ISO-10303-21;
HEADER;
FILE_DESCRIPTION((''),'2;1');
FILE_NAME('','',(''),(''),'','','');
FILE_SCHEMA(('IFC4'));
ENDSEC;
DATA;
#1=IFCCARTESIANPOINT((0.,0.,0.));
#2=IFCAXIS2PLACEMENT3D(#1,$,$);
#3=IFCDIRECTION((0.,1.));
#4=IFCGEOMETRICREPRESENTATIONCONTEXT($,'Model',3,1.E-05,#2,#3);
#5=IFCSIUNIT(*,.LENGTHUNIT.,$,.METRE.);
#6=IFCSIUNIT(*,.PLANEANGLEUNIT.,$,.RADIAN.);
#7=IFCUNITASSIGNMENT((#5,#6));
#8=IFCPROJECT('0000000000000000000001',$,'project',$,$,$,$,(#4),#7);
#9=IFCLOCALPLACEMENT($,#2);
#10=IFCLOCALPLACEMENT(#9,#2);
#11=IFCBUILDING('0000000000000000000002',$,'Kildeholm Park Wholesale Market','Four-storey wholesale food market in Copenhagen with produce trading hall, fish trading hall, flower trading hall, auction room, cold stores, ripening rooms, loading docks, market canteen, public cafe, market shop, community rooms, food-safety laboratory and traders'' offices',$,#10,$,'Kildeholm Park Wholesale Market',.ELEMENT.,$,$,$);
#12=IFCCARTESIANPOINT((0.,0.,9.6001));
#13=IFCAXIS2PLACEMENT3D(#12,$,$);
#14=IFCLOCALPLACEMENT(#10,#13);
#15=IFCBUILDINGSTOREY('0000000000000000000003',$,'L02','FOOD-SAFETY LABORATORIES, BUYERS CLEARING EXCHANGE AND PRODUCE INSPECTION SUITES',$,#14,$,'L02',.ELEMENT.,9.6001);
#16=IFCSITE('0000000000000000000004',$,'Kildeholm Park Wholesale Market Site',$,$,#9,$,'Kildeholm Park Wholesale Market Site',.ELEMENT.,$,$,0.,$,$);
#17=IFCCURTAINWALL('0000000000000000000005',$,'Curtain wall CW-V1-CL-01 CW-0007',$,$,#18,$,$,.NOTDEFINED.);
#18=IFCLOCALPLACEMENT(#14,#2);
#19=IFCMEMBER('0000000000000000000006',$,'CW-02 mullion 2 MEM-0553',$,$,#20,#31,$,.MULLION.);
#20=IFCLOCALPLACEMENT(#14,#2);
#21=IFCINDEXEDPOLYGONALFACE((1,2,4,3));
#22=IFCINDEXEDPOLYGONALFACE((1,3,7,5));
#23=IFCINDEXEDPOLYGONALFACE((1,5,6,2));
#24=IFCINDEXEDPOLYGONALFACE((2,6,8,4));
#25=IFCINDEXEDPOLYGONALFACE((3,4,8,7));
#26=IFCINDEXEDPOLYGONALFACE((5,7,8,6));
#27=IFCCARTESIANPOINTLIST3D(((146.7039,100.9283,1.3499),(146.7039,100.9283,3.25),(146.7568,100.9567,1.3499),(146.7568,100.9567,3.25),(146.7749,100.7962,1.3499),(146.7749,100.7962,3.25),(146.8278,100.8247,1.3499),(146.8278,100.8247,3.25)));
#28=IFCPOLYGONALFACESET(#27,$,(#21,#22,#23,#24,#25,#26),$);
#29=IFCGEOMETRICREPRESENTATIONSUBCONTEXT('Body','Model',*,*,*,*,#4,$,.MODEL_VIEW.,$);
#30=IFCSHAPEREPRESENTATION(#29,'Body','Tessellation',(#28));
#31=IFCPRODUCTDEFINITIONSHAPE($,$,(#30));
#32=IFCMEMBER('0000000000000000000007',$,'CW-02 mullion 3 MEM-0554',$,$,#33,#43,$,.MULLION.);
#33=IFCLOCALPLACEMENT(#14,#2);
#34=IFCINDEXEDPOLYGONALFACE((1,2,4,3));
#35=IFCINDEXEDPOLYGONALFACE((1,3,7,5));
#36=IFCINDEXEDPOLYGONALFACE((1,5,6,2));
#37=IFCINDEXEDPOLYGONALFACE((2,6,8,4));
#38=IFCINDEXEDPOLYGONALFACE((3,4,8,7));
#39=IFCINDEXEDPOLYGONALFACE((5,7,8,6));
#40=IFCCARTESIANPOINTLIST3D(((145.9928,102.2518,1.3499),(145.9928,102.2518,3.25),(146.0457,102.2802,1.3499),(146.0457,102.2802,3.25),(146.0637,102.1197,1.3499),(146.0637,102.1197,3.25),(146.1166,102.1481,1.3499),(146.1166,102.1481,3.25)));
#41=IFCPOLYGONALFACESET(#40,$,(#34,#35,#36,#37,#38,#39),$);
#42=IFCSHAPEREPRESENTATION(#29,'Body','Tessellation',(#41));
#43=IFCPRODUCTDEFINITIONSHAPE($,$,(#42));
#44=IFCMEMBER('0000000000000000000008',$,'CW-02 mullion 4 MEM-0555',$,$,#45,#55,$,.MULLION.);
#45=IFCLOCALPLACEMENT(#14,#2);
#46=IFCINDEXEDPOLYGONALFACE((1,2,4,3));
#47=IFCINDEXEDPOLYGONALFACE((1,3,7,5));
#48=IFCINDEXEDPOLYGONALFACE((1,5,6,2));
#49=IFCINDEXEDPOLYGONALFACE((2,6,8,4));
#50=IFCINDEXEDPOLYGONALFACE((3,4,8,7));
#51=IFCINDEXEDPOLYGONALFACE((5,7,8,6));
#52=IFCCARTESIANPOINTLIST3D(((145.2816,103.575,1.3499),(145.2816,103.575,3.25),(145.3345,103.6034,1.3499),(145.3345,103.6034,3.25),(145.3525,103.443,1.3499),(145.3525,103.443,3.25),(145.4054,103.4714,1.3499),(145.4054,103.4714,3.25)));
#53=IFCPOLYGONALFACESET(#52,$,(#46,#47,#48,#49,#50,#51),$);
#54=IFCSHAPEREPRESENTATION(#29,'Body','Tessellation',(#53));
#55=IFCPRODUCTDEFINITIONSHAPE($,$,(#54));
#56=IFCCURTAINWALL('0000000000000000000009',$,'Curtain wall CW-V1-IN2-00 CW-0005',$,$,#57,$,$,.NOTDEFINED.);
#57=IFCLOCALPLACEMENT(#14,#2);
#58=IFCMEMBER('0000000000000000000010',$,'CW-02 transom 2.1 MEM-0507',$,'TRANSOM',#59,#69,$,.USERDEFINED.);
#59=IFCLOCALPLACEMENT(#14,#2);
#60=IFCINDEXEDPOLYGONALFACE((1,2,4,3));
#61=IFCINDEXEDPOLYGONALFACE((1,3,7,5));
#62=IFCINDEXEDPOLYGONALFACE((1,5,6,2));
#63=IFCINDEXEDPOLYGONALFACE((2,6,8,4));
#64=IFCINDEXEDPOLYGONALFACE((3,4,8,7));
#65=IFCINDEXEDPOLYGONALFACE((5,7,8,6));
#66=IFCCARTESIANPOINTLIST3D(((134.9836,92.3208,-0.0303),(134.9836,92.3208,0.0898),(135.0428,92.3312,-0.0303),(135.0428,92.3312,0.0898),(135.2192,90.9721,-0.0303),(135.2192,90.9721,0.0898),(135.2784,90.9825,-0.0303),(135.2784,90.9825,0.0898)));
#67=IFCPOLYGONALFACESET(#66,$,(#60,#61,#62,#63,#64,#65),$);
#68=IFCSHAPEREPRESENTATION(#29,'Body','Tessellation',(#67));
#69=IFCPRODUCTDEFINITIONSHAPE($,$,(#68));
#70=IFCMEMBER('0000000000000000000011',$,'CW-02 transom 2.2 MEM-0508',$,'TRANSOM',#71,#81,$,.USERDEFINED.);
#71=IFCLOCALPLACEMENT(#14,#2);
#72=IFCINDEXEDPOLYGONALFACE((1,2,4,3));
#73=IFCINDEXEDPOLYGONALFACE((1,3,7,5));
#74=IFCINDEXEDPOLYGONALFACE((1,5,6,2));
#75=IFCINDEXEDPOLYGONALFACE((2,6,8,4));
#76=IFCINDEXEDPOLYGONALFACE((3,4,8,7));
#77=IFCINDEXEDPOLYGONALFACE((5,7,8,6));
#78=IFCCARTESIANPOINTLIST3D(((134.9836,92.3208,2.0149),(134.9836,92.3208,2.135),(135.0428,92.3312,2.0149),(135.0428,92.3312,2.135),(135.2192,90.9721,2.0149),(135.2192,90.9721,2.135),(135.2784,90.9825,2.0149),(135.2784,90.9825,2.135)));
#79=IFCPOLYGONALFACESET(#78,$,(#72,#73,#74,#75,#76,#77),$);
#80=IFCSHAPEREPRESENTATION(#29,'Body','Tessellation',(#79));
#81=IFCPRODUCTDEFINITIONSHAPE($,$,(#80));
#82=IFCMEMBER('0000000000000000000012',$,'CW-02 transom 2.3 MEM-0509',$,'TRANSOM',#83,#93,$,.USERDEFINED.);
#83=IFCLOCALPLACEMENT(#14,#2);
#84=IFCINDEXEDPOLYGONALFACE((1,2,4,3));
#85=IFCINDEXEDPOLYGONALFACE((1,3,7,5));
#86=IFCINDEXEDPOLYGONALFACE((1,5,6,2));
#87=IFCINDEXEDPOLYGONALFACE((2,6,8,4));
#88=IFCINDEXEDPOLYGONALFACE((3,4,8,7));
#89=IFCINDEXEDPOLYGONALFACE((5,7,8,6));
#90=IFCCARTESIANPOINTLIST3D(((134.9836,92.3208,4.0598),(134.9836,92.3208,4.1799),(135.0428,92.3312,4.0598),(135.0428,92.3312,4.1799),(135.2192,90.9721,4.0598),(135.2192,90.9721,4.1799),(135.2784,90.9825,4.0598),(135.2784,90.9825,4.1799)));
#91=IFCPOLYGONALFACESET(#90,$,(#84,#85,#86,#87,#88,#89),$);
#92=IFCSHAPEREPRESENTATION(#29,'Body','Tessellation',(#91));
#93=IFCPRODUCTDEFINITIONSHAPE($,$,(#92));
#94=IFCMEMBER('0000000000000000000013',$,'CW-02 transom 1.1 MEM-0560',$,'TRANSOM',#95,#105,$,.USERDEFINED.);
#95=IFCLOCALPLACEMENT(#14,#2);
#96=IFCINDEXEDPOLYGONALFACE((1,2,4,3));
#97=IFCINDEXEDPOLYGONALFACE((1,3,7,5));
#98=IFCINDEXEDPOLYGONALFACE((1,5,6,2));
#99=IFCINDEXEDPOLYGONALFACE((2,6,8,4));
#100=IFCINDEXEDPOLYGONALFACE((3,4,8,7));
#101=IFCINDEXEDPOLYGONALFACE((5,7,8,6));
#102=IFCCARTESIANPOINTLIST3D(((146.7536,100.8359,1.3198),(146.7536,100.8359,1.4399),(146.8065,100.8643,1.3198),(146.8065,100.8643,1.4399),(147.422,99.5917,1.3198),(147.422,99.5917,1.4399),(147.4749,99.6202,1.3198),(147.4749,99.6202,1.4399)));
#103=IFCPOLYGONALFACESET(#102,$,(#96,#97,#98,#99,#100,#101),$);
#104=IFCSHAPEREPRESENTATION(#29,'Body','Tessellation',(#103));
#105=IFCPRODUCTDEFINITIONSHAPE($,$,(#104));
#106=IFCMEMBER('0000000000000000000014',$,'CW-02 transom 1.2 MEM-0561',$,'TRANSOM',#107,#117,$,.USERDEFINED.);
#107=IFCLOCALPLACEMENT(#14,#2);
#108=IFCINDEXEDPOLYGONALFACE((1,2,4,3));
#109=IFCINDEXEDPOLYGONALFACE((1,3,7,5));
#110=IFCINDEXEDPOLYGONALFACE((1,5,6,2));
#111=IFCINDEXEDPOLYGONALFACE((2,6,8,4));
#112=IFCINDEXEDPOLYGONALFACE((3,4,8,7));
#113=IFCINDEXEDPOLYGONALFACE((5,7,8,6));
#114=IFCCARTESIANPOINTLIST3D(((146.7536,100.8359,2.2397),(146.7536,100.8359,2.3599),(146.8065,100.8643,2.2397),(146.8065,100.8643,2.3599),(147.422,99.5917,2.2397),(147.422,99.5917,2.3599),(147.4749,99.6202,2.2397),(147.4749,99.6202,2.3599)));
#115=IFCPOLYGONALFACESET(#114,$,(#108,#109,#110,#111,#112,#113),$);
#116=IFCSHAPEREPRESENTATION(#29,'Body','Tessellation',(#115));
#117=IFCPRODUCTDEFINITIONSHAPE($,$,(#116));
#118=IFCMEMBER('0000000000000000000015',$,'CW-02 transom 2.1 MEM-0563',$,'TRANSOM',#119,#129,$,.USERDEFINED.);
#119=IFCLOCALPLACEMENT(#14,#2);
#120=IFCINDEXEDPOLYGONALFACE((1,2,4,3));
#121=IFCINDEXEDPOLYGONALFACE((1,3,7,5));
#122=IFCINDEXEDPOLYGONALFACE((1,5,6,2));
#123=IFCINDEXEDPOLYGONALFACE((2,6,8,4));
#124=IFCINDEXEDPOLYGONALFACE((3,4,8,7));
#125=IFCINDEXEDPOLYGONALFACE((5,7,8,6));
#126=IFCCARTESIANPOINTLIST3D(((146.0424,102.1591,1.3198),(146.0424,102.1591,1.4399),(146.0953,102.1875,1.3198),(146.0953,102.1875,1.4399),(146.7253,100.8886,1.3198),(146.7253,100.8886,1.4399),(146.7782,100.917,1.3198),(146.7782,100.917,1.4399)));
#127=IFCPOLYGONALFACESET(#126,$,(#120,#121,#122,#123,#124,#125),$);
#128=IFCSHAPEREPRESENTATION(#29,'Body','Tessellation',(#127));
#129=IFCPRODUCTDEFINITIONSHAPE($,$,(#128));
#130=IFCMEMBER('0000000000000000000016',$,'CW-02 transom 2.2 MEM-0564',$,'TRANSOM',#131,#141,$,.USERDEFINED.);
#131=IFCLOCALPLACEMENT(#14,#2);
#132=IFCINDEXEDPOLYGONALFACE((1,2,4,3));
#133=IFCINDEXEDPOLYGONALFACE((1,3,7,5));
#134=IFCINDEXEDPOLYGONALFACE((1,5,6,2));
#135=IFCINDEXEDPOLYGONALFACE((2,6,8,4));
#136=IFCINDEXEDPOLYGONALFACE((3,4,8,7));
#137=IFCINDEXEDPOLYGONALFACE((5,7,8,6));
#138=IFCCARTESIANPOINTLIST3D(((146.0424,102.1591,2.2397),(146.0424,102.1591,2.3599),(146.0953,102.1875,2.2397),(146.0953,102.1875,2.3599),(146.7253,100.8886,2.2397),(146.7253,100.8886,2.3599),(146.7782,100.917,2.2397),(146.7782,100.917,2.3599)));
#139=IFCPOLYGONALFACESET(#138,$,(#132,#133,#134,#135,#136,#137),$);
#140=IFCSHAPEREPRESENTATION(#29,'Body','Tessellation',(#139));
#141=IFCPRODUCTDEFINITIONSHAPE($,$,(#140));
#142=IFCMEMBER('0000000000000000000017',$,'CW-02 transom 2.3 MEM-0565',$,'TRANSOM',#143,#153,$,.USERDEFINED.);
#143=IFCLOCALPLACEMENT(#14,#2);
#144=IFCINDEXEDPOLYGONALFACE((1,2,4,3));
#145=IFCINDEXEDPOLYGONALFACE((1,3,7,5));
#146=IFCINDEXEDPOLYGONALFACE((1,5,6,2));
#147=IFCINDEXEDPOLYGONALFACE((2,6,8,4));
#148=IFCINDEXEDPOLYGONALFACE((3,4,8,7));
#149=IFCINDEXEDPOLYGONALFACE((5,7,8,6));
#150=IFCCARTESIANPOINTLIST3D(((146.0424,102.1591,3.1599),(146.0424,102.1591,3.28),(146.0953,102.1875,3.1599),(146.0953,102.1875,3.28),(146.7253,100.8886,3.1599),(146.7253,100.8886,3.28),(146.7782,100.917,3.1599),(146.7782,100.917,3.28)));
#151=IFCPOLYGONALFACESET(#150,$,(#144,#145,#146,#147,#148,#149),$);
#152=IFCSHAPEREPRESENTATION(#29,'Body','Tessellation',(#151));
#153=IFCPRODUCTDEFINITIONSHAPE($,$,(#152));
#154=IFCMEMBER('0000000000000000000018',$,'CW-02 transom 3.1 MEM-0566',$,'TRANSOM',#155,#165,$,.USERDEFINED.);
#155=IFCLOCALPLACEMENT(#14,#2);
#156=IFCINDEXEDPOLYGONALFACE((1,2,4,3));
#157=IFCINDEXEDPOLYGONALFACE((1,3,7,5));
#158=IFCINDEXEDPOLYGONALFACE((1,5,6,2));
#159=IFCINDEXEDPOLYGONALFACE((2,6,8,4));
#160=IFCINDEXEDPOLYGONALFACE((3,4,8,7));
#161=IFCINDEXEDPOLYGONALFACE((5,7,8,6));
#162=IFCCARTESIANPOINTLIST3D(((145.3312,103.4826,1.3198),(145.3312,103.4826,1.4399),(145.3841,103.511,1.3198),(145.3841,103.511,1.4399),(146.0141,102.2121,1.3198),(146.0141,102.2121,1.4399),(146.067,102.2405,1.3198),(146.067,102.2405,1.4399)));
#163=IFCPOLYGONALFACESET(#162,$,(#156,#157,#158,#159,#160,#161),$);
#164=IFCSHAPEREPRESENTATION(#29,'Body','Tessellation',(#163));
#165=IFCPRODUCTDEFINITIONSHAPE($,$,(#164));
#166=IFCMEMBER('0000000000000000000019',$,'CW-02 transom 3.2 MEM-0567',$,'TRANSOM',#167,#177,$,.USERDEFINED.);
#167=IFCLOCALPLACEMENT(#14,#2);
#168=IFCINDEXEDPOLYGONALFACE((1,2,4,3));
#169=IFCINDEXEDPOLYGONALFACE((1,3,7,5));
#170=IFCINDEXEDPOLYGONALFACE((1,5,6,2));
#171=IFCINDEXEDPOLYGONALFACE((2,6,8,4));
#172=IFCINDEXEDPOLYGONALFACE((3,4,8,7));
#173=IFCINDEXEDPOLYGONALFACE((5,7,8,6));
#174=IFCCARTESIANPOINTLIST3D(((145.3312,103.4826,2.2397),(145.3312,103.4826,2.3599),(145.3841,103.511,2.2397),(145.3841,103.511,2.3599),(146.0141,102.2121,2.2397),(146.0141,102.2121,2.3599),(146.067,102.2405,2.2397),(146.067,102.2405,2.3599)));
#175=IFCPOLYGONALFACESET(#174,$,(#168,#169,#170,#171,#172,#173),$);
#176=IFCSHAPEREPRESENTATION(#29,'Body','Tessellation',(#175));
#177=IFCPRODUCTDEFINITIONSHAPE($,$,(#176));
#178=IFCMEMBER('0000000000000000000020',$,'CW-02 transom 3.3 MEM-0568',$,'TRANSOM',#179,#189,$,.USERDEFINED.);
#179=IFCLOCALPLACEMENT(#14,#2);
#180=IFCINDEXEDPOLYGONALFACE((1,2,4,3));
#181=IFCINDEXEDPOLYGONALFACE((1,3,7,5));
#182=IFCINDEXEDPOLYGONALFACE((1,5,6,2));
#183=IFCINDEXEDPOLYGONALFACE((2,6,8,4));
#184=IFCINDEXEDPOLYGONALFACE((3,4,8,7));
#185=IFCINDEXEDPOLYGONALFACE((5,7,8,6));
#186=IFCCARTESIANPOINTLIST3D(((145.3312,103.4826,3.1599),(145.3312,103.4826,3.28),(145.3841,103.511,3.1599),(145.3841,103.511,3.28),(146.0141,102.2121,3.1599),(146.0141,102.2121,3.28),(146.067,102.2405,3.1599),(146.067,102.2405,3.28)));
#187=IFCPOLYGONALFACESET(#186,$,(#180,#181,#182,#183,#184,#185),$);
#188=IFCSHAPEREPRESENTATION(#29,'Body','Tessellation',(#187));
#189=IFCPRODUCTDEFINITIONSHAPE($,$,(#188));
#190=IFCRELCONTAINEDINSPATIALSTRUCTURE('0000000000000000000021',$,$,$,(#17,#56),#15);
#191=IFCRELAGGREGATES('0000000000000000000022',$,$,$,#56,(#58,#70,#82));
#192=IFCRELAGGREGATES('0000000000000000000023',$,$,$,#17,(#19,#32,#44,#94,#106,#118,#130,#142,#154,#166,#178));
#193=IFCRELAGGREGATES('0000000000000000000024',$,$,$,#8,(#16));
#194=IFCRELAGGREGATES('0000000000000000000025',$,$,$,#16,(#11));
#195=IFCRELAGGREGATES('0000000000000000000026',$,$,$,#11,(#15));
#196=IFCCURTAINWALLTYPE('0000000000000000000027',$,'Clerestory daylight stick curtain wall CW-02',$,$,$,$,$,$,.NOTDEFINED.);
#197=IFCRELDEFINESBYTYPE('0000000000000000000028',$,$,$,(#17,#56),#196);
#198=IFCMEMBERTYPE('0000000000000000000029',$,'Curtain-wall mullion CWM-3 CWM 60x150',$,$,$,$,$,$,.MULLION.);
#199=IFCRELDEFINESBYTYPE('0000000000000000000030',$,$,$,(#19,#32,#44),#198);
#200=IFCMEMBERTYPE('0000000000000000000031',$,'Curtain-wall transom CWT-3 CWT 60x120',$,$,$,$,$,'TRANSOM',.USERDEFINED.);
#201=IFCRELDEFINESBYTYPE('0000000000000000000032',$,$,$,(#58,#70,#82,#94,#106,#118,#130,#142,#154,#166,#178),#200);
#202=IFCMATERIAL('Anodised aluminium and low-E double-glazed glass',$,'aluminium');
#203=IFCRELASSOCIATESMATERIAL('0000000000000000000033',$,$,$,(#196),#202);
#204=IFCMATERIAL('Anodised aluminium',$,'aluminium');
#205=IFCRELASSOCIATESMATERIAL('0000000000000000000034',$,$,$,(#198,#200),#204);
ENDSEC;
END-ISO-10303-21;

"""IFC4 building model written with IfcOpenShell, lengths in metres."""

from ifc_helpers import new_model, si_unit, direction, frame, origin, origin_2d, place, context, subcontext, project, spatial, rectangle, extrude, material, material_profile, profile_set, type_object, element, aggregate, save


model = new_model("IFC4")

# Units and contexts
model_context = context("Model", 3, precision=1e-05, world=origin(), true_north=direction((0.0, 1.0)))
body_context = subcontext(model_context, "Body", "Model", "MODEL_VIEW")
ifc_project = project(units=[si_unit("LENGTHUNIT", "METRE"), si_unit("PLANEANGLEUNIT", "RADIAN")], contexts=[model_context])

# Site, building, storey
site_placement = place(None, origin())
site = spatial("IfcSite", under=ifc_project, at=site_placement, Name="Kildeholm Park Wholesale Market Site", LongName="Kildeholm Park Wholesale Market Site", CompositionType="ELEMENT", RefElevation=0.0)
building_placement = place(site_placement, origin())
building = spatial("IfcBuilding", under=site, at=building_placement, Name="Kildeholm Park Wholesale Market", Description="Four-storey wholesale food market in Copenhagen with produce trading hall, fish trading hall, flower trading hall, auction room, cold stores, ripening rooms, loading docks, market canteen, public cafe, market shop, community rooms, food-safety laboratory and traders' offices", LongName="Kildeholm Park Wholesale Market", CompositionType="ELEMENT")
storey_placement = place(building_placement, frame((0.0, 0.0, 9.6001)))
storey = spatial("IfcBuildingStorey", under=building, at=storey_placement, Name="L02", Description="FOOD-SAFETY LABORATORIES, BUYERS CLEARING EXCHANGE AND PRODUCE INSPECTION SUITES", LongName="L02", CompositionType="ELEMENT", Elevation=9.6001)

# Curtain walls, members
ifc_material_1 = material(Name="Anodised aluminium and low-E double-glazed glass", Category="aluminium")
curtain_wall_type = type_object("IfcCurtainWallType", Name="Clerestory daylight stick curtain wall CW-02", PredefinedType="NOTDEFINED", material=ifc_material_1)
curtain_wall_1_placement = place(storey_placement, origin())
curtain_wall_1 = element("IfcCurtainWall", 1, at=curtain_wall_1_placement, inside=storey, type_object=curtain_wall_type, Name="Curtain wall CW-V1-CL-01 CW-0007", PredefinedType="NOTDEFINED")
ifc_material_2 = material(Name="Anodised aluminium", Category="aluminium")
ifc_material_profile_1 = material_profile(ifc_material_2, rectangle(XDim=0.0601, YDim=0.1499, at=origin_2d()), Name="CWM 60x150")
ifc_profile_set_1 = profile_set([ifc_material_profile_1], Name="Anodised aluminium")
member_type_1 = type_object("IfcMemberType", Name="Curtain-wall mullion CWM-3 CWM 60x150", PredefinedType="MULLION", material=ifc_profile_set_1)
member_1_placement = place(storey_placement, frame((146.7659, 100.8765, 1.3499), z_axis=(0.0, 0.0, 1.0), x_axis=(-0.88088, -0.47334, 0.0)))
member_1 = element("IfcMember", 2, at=member_1_placement, type_object=member_type_1, Name="CW-02 mullion 2 MEM-0553", PredefinedType="MULLION", context=body_context, shape_type="SweptSolid", body=[
    extrude(rectangle(XDim=0.0601, YDim=0.1499, at=origin_2d()), origin(), (0.0, 0.0, 1.0), 1.9001),
])
member_2_placement = place(storey_placement, frame((146.0547, 102.2, 1.3499), z_axis=(0.0, 0.0, 1.0), x_axis=(-0.88088, -0.47334, 0.0)))
member_2 = element("IfcMember", 3, at=member_2_placement, type_object=member_type_1, Name="CW-02 mullion 3 MEM-0554", PredefinedType="MULLION", context=body_context, shape_type="SweptSolid", body=[
    extrude(rectangle(XDim=0.0601, YDim=0.1499, at=origin_2d()), origin(), (0.0, 0.0, 1.0), 1.9001),
])
member_3_placement = place(storey_placement, frame((145.3435, 103.5232, 1.3499), z_axis=(0.0, 0.0, 1.0), x_axis=(-0.88088, -0.47334, 0.0)))
member_3 = element("IfcMember", 4, at=member_3_placement, type_object=member_type_1, Name="CW-02 mullion 4 MEM-0555", PredefinedType="MULLION", context=body_context, shape_type="SweptSolid", body=[
    extrude(rectangle(XDim=0.0601, YDim=0.1499, at=origin_2d()), origin(), (0.0, 0.0, 1.0), 1.9001),
])
curtain_wall_2_placement = place(storey_placement, origin())
curtain_wall_2 = element("IfcCurtainWall", 5, at=curtain_wall_2_placement, inside=storey, type_object=curtain_wall_type, Name="Curtain wall CW-V1-IN2-00 CW-0005", PredefinedType="NOTDEFINED")
ifc_material_profile_2 = material_profile(ifc_material_2, rectangle(XDim=0.0601, YDim=0.1201, at=origin_2d()), Name="CWT 60x120")
ifc_profile_set_2 = profile_set([ifc_material_profile_2], Name="Anodised aluminium")
member_type_2 = type_object("IfcMemberType", Name="Curtain-wall transom CWT-3 CWT 60x120", ElementType="TRANSOM", PredefinedType="USERDEFINED", material=ifc_profile_set_2)
member_4_placement = place(storey_placement, frame((135.2488, 90.9773, 0.0298), z_axis=(-0.172086, 0.985082, 0.0), x_axis=(-0.985082, -0.172086, 0.0)))
member_4 = element("IfcMember", 6, at=member_4_placement, type_object=member_type_2, Name="CW-02 transom 2.1 MEM-0507", ObjectType="TRANSOM", PredefinedType="USERDEFINED", context=body_context, shape_type="SweptSolid", body=[
    extrude(rectangle(XDim=0.0601, YDim=0.1201, at=origin_2d()), origin(), (0.0, 0.0, 1.0), 1.3691),
])
member_5_placement = place(storey_placement, frame((135.2488, 90.9773, 2.075), z_axis=(-0.172086, 0.985082, 0.0), x_axis=(-0.985082, -0.172086, 0.0)))
member_5 = element("IfcMember", 7, at=member_5_placement, type_object=member_type_2, Name="CW-02 transom 2.2 MEM-0508", ObjectType="TRANSOM", PredefinedType="USERDEFINED", context=body_context, shape_type="SweptSolid", body=[
    extrude(rectangle(XDim=0.0601, YDim=0.1201, at=origin_2d()), origin(), (0.0, 0.0, 1.0), 1.3691),
])
member_6_placement = place(storey_placement, frame((135.2488, 90.9773, 4.1199), z_axis=(-0.172086, 0.985082, 0.0), x_axis=(-0.985082, -0.172086, 0.0)))
member_6 = element("IfcMember", 8, at=member_6_placement, type_object=member_type_2, Name="CW-02 transom 2.3 MEM-0509", ObjectType="TRANSOM", PredefinedType="USERDEFINED", context=body_context, shape_type="SweptSolid", body=[
    extrude(rectangle(XDim=0.0601, YDim=0.1201, at=origin_2d()), origin(), (0.0, 0.0, 1.0), 1.3691),
])

# Members
member_7_placement = place(storey_placement, frame((147.4485, 99.606, 1.3799), z_axis=(-0.473296, 0.880904, 0.0), x_axis=(-0.880904, -0.473296, 0.0)))
member_7 = element("IfcMember", 9, at=member_7_placement, type_object=member_type_2, Name="CW-02 transom 1.1 MEM-0560", ObjectType="TRANSOM", PredefinedType="USERDEFINED", context=body_context, shape_type="SweptSolid", body=[
    extrude(rectangle(XDim=0.0601, YDim=0.1201, at=origin_2d()), origin(), (0.0, 0.0, 1.0), 1.4124),
])
member_8_placement = place(storey_placement, frame((147.4485, 99.606, 2.2998), z_axis=(-0.473296, 0.880904, 0.0), x_axis=(-0.880904, -0.473296, 0.0)))
member_8 = element("IfcMember", 10, at=member_8_placement, type_object=member_type_2, Name="CW-02 transom 1.2 MEM-0561", ObjectType="TRANSOM", PredefinedType="USERDEFINED", context=body_context, shape_type="SweptSolid", body=[
    extrude(rectangle(XDim=0.0601, YDim=0.1201, at=origin_2d()), origin(), (0.0, 0.0, 1.0), 1.4124),
])
member_9_placement = place(storey_placement, frame((146.7517, 100.9028, 1.3799), z_axis=(-0.473423, 0.880835, 0.0), x_axis=(-0.880835, -0.473423, 0.0)))
member_9 = element("IfcMember", 11, at=member_9_placement, type_object=member_type_2, Name="CW-02 transom 2.1 MEM-0563", ObjectType="TRANSOM", PredefinedType="USERDEFINED", context=body_context, shape_type="SweptSolid", body=[
    extrude(rectangle(XDim=0.0601, YDim=0.1201, at=origin_2d()), origin(), (0.0, 0.0, 1.0), 1.4424),
])
member_10_placement = place(storey_placement, frame((146.7517, 100.9028, 2.2998), z_axis=(-0.473423, 0.880835, 0.0), x_axis=(-0.880835, -0.473423, 0.0)))
member_10 = element("IfcMember", 12, at=member_10_placement, type_object=member_type_2, Name="CW-02 transom 2.2 MEM-0564", ObjectType="TRANSOM", PredefinedType="USERDEFINED", context=body_context, shape_type="SweptSolid", body=[
    extrude(rectangle(XDim=0.0601, YDim=0.1201, at=origin_2d()), origin(), (0.0, 0.0, 1.0), 1.4424),
])
member_11_placement = place(storey_placement, frame((146.7517, 100.9028, 3.22), z_axis=(-0.473423, 0.880835, 0.0), x_axis=(-0.880835, -0.473423, 0.0)))
member_11 = element("IfcMember", 13, at=member_11_placement, type_object=member_type_2, Name="CW-02 transom 2.3 MEM-0565", ObjectType="TRANSOM", PredefinedType="USERDEFINED", context=body_context, shape_type="SweptSolid", body=[
    extrude(rectangle(XDim=0.0601, YDim=0.1201, at=origin_2d()), origin(), (0.0, 0.0, 1.0), 1.4424),
])
member_12_placement = place(storey_placement, frame((146.0405, 102.2263, 1.3799), z_axis=(-0.473423, 0.880835, 0.0), x_axis=(-0.880835, -0.473423, 0.0)))
member_12 = element("IfcMember", 14, at=member_12_placement, type_object=member_type_2, Name="CW-02 transom 3.1 MEM-0566", ObjectType="TRANSOM", PredefinedType="USERDEFINED", context=body_context, shape_type="SweptSolid", body=[
    extrude(rectangle(XDim=0.0601, YDim=0.1201, at=origin_2d()), origin(), (0.0, 0.0, 1.0), 1.4424),
])
member_13_placement = place(storey_placement, frame((146.0405, 102.2263, 2.2998), z_axis=(-0.473423, 0.880835, 0.0), x_axis=(-0.880835, -0.473423, 0.0)))
member_13 = element("IfcMember", 15, at=member_13_placement, type_object=member_type_2, Name="CW-02 transom 3.2 MEM-0567", ObjectType="TRANSOM", PredefinedType="USERDEFINED", context=body_context, shape_type="SweptSolid", body=[
    extrude(rectangle(XDim=0.0601, YDim=0.1201, at=origin_2d()), origin(), (0.0, 0.0, 1.0), 1.4424),
])
member_14_placement = place(storey_placement, frame((146.0405, 102.2263, 3.22), z_axis=(-0.473423, 0.880835, 0.0), x_axis=(-0.880835, -0.473423, 0.0)))
member_14 = element("IfcMember", 16, at=member_14_placement, type_object=member_type_2, Name="CW-02 transom 3.3 MEM-0568", ObjectType="TRANSOM", PredefinedType="USERDEFINED", context=body_context, shape_type="SweptSolid", body=[
    extrude(rectangle(XDim=0.0601, YDim=0.1201, at=origin_2d()), origin(), (0.0, 0.0, 1.0), 1.4424),
])

aggregate(curtain_wall_2, [member_4, member_5, member_6])
aggregate(curtain_wall_1, [member_1, member_2, member_3, member_7, member_8, member_9, member_10, member_11, member_12, member_13, member_14])

save(model, "model.ifc")
